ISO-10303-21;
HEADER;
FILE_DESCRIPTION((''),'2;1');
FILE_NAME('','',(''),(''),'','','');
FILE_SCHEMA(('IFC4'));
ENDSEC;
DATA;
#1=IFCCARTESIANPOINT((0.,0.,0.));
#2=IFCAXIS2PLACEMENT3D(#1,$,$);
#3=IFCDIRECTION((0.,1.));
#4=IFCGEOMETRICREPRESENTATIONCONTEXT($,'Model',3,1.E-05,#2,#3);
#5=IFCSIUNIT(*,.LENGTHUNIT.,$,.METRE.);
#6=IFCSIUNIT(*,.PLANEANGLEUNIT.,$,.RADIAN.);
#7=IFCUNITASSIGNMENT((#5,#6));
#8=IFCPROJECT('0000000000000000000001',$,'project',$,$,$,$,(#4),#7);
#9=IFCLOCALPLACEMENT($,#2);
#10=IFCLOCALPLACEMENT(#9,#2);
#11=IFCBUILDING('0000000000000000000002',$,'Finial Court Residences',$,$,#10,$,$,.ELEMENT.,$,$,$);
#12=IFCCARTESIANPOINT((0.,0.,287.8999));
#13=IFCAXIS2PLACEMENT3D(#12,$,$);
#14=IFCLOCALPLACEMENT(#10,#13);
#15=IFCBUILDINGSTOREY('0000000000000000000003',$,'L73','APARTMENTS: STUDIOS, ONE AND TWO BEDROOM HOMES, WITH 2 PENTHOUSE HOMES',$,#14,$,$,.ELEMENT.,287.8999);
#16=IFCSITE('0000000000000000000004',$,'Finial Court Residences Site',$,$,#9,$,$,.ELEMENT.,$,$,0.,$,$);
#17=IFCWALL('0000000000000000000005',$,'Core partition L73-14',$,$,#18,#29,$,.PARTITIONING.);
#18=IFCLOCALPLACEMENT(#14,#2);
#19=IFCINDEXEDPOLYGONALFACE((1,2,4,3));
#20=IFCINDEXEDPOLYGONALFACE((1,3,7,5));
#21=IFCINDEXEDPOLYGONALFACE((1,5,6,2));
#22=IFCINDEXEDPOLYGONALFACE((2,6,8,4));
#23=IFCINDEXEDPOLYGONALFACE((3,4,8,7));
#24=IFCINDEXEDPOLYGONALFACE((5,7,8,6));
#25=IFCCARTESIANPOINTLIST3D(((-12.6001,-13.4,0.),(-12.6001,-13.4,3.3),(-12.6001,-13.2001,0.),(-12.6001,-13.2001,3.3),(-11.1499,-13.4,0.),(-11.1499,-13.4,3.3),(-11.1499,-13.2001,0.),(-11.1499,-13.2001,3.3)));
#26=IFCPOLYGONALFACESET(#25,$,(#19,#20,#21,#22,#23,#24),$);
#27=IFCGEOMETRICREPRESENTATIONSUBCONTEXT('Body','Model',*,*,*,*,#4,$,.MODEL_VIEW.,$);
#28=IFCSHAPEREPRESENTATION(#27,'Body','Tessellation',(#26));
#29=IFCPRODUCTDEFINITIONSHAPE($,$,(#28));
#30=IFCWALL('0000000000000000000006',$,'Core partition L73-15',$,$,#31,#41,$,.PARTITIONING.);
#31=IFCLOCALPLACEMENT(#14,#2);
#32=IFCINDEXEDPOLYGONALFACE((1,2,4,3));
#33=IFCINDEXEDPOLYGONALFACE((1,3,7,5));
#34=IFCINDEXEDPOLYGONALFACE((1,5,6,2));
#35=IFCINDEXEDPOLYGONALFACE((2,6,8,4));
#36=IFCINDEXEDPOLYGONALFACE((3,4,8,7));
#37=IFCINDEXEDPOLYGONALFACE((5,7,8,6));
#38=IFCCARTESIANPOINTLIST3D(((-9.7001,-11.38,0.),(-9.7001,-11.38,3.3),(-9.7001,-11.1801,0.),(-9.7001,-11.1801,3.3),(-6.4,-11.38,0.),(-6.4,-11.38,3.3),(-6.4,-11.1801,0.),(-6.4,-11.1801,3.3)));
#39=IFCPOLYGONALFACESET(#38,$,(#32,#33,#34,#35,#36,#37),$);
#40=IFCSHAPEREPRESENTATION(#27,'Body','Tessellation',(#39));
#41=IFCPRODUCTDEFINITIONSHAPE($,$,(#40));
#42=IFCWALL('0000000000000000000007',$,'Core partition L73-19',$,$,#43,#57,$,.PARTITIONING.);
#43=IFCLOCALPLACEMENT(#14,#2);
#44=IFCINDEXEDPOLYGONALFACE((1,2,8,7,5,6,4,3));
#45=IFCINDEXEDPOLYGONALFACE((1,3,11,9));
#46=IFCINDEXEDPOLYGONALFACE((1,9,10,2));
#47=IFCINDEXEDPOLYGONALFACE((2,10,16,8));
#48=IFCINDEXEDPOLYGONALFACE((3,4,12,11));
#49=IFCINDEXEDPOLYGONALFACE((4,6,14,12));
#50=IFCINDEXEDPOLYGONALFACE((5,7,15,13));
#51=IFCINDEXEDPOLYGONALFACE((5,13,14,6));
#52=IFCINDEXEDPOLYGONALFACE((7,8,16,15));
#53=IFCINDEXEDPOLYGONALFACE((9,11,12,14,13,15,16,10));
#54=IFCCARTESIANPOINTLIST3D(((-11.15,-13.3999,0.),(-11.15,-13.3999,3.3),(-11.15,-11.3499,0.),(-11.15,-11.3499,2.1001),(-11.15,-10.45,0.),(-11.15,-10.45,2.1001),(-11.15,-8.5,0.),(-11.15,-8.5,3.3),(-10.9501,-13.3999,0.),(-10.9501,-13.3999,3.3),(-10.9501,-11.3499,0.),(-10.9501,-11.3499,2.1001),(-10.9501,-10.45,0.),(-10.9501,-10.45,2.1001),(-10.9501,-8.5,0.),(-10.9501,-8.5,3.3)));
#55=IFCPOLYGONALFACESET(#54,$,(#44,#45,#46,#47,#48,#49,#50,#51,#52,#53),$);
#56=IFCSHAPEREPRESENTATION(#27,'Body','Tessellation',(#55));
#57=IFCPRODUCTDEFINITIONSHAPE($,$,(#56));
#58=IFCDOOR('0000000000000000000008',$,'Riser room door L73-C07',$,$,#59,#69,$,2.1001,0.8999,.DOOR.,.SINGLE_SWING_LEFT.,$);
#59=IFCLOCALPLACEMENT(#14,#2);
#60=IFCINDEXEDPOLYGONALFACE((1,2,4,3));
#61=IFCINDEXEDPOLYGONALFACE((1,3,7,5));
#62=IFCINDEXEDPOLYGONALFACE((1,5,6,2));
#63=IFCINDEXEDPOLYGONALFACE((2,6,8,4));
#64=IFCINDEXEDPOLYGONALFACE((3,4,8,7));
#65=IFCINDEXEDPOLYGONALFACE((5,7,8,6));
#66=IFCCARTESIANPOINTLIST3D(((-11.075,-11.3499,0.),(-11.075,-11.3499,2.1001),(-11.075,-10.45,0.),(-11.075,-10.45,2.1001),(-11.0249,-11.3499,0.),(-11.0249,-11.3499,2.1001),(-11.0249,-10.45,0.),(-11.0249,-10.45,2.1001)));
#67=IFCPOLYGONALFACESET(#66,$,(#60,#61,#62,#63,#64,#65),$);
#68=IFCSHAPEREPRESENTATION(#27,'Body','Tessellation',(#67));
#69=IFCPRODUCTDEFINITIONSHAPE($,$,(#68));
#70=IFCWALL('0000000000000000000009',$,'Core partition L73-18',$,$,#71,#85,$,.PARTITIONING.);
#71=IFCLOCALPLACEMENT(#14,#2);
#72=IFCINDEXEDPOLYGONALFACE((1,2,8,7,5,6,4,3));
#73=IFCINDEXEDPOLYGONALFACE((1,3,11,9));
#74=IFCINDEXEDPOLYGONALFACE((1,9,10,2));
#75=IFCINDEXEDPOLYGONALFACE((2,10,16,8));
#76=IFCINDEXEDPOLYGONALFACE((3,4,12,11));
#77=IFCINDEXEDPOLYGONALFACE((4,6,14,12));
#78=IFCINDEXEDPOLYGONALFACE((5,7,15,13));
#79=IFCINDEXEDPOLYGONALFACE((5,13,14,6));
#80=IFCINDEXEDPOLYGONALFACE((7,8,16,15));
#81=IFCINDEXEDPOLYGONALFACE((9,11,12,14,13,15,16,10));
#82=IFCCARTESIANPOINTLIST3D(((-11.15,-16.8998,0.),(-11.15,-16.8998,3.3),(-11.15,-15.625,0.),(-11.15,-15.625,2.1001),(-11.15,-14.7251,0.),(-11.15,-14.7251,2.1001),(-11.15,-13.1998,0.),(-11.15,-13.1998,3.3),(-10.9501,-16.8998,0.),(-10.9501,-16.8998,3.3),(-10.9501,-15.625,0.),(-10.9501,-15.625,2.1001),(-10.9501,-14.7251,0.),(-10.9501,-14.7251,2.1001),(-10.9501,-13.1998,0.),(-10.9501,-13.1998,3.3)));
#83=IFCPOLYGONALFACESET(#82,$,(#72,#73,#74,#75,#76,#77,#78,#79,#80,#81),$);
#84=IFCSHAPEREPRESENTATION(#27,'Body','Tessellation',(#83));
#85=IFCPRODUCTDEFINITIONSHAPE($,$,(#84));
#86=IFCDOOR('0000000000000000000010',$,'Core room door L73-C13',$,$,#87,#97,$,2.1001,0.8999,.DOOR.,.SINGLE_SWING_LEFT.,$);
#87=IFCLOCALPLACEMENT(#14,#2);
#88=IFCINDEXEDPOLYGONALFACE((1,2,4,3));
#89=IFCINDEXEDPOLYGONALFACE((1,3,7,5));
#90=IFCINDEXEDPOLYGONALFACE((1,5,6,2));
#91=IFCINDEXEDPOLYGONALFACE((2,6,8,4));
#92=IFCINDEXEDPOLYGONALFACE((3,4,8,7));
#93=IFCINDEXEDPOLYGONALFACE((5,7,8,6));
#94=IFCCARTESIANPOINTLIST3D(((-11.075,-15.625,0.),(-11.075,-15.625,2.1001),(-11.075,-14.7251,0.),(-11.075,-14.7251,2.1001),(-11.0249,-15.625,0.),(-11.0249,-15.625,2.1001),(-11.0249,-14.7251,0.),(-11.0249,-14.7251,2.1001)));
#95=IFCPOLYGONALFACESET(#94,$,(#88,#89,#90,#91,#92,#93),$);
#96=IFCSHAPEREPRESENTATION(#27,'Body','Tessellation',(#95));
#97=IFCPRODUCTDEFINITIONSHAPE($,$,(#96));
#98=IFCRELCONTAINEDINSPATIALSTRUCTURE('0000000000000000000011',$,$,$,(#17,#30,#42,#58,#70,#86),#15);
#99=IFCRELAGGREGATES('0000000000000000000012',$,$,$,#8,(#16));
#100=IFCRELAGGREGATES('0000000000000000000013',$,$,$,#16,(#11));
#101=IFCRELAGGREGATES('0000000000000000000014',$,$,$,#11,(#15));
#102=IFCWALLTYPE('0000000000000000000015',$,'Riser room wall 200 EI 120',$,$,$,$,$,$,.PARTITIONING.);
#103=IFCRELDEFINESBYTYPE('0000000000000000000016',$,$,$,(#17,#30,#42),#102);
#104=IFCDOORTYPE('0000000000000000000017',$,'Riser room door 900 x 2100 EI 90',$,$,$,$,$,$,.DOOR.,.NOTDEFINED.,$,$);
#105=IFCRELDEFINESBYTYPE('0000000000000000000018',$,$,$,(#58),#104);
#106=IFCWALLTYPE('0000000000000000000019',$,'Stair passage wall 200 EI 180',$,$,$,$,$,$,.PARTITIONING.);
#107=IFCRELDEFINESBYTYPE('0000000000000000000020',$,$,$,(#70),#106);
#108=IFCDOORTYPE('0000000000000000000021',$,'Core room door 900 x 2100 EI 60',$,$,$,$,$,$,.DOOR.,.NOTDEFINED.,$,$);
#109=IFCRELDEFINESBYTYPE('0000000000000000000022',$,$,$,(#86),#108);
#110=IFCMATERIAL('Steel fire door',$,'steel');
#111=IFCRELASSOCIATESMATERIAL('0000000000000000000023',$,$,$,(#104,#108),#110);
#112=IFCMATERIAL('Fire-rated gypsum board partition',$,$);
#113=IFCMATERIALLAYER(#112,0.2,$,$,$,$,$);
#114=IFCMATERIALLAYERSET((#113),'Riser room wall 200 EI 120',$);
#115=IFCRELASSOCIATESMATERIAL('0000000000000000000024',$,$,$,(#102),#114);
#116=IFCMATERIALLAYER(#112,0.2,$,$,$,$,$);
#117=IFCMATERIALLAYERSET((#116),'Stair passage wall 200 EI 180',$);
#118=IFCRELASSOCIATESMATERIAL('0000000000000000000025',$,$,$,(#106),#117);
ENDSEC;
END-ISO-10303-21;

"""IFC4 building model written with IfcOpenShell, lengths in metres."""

from ifc_helpers import new_model, si_unit, direction, frame, frame_2d, origin, place, context, subcontext, project, spatial, rectangle, extrude, material, layer, layer_set, type_object, element, fill, save


model = new_model("IFC4")

# Units and contexts
model_context = context("Model", 3, precision=1e-05, world=origin(), true_north=direction((0.0, 1.0)))
body_context = subcontext(model_context, "Body", "Model", "MODEL_VIEW")
ifc_project = project(units=[si_unit("LENGTHUNIT", "METRE"), si_unit("PLANEANGLEUNIT", "RADIAN")], contexts=[model_context])

# Site, building, storey
site_placement = place(None, origin())
site = spatial("IfcSite", under=ifc_project, at=site_placement, Name="Finial Court Residences Site", CompositionType="ELEMENT", RefElevation=0.0)
building_placement = place(site_placement, origin())
building = spatial("IfcBuilding", under=site, at=building_placement, Name="Finial Court Residences", CompositionType="ELEMENT")
storey_placement = place(building_placement, frame((0.0, 0.0, 287.8999)))
storey = spatial("IfcBuildingStorey", under=building, at=storey_placement, Name="L73", Description="APARTMENTS: STUDIOS, ONE AND TWO BEDROOM HOMES, WITH 2 PENTHOUSE HOMES", CompositionType="ELEMENT", Elevation=287.8999)

# Shared definitions
ifc_material_1 = material(Name="Steel fire door", Category="steel")
door_type_1 = type_object("IfcDoorType", Name="Riser room door 900 x 2100 EI 90", OperationType="NOTDEFINED", PredefinedType="DOOR", material=ifc_material_1)

# Walls
ifc_material_2 = material(Name="Fire-rated gypsum board partition")
ifc_layer_1 = layer(ifc_material_2, 0.2)
ifc_layer_set_1 = layer_set([ifc_layer_1], Name="Riser room wall 200 EI 120")
wall_type_1 = type_object("IfcWallType", Name="Riser room wall 200 EI 120", PredefinedType="PARTITIONING", material=ifc_layer_set_1)
wall_1_placement = place(storey_placement, frame((-12.6001, -13.3, 0.0), z_axis=(0.0, 0.0, 1.0), x_axis=(1.0, 0.0, 0.0)))
element("IfcWall", 1, at=wall_1_placement, inside=storey, type_object=wall_type_1, Name="Core partition L73-14", PredefinedType="PARTITIONING", context=body_context, shape_type="SweptSolid", body=[
    extrude(rectangle(XDim=1.4502, YDim=0.2, at=frame_2d((0.7251, 0.0))), origin(), (0.0, 0.0, 1.0), 3.3),
])
wall_2_placement = place(storey_placement, frame((-9.7, -11.28, 0.0), z_axis=(0.0, 0.0, 1.0), x_axis=(1.0, 0.0, 0.0)))
element("IfcWall", 2, at=wall_2_placement, inside=storey, type_object=wall_type_1, Name="Core partition L73-15", PredefinedType="PARTITIONING", context=body_context, shape_type="SweptSolid", body=[
    extrude(rectangle(XDim=3.3, YDim=0.2, at=frame_2d((1.6499, 0.0))), origin(), (0.0, 0.0, 1.0), 3.3),
])

# Walls, openings, doors
wall_3_placement = place(storey_placement, frame((-11.05, -13.3999, 0.0), z_axis=(0.0, 0.0, 1.0), x_axis=(0.0, 1.0, 0.0)))
wall_3 = element("IfcWall", 3, at=wall_3_placement, inside=storey, type_object=wall_type_1, Name="Core partition L73-19", PredefinedType="PARTITIONING", context=body_context, shape_type="SweptSolid", body=[
    extrude(rectangle(XDim=4.8999, YDim=0.2, at=frame_2d((2.45, 0.0))), origin(), (0.0, 0.0, 1.0), 3.3),
])
opening_1_placement = place(wall_3_placement, frame((2.05, 0.0, 0.0)))
opening_1 = element("IfcOpeningElement", 4, at=opening_1_placement, cuts=wall_3, PredefinedType="OPENING", context=body_context, shape_type="SweptSolid", body=[
    extrude(rectangle(XDim=0.8999, YDim=2.1001, at=frame_2d((0.45, 1.05))), frame((0.0, 0.1099, 0.0), z_axis=(0.0, -1.0, 0.0), x_axis=(1.0, 0.0, 0.0)), (0.0, 0.0, 1.0), 0.22),
])
door_1_placement = place(opening_1_placement, origin())
door_1 = element("IfcDoor", 5, at=door_1_placement, inside=storey, type_object=door_type_1, Name="Riser room door L73-C07", OperationType="SINGLE_SWING_LEFT", OverallHeight=2.1001, OverallWidth=0.8999, PredefinedType="DOOR", context=body_context, shape_type="SweptSolid", body=[
    extrude(rectangle(XDim=0.8999, YDim=2.1001, at=frame_2d((0.45, 1.05))), frame((0.0, 0.0249, 0.0), z_axis=(0.0, -1.0, 0.0), x_axis=(1.0, 0.0, 0.0)), (0.0, 0.0, 1.0), 0.05),
])
fill(opening_1, door_1)
ifc_layer_2 = layer(ifc_material_2, 0.2)
ifc_layer_set_2 = layer_set([ifc_layer_2], Name="Stair passage wall 200 EI 180")
wall_type_2 = type_object("IfcWallType", Name="Stair passage wall 200 EI 180", PredefinedType="PARTITIONING", material=ifc_layer_set_2)
wall_4_placement = place(storey_placement, frame((-11.05, -16.8999, 0.0), z_axis=(0.0, 0.0, 1.0), x_axis=(0.0, 1.0, 0.0)))
wall_4 = element("IfcWall", 6, at=wall_4_placement, inside=storey, type_object=wall_type_2, Name="Core partition L73-18", PredefinedType="PARTITIONING", context=body_context, shape_type="SweptSolid", body=[
    extrude(rectangle(XDim=3.7, YDim=0.2, at=frame_2d((1.8501, 0.0))), origin(), (0.0, 0.0, 1.0), 3.3),
])
opening_2_placement = place(wall_4_placement, frame((1.2749, 0.0, 0.0)))
opening_2 = element("IfcOpeningElement", 7, at=opening_2_placement, cuts=wall_4, PredefinedType="OPENING", context=body_context, shape_type="SweptSolid", body=[
    extrude(rectangle(XDim=0.8999, YDim=2.1001, at=frame_2d((0.45, 1.05))), frame((0.0, 0.1099, 0.0), z_axis=(0.0, -1.0, 0.0), x_axis=(1.0, 0.0, 0.0)), (0.0, 0.0, 1.0), 0.22),
])
door_type_2 = type_object("IfcDoorType", Name="Core room door 900 x 2100 EI 60", OperationType="NOTDEFINED", PredefinedType="DOOR", material=ifc_material_1)
door_2_placement = place(opening_2_placement, origin())
door_2 = element("IfcDoor", 8, at=door_2_placement, inside=storey, type_object=door_type_2, Name="Core room door L73-C13", OperationType="SINGLE_SWING_LEFT", OverallHeight=2.1001, OverallWidth=0.8999, PredefinedType="DOOR", context=body_context, shape_type="SweptSolid", body=[
    extrude(rectangle(XDim=0.8999, YDim=2.1001, at=frame_2d((0.45, 1.05))), frame((0.0, 0.0249, 0.0), z_axis=(0.0, -1.0, 0.0), x_axis=(1.0, 0.0, 0.0)), (0.0, 0.0, 1.0), 0.05),
])
fill(opening_2, door_2)

save(model, "model.ifc")
